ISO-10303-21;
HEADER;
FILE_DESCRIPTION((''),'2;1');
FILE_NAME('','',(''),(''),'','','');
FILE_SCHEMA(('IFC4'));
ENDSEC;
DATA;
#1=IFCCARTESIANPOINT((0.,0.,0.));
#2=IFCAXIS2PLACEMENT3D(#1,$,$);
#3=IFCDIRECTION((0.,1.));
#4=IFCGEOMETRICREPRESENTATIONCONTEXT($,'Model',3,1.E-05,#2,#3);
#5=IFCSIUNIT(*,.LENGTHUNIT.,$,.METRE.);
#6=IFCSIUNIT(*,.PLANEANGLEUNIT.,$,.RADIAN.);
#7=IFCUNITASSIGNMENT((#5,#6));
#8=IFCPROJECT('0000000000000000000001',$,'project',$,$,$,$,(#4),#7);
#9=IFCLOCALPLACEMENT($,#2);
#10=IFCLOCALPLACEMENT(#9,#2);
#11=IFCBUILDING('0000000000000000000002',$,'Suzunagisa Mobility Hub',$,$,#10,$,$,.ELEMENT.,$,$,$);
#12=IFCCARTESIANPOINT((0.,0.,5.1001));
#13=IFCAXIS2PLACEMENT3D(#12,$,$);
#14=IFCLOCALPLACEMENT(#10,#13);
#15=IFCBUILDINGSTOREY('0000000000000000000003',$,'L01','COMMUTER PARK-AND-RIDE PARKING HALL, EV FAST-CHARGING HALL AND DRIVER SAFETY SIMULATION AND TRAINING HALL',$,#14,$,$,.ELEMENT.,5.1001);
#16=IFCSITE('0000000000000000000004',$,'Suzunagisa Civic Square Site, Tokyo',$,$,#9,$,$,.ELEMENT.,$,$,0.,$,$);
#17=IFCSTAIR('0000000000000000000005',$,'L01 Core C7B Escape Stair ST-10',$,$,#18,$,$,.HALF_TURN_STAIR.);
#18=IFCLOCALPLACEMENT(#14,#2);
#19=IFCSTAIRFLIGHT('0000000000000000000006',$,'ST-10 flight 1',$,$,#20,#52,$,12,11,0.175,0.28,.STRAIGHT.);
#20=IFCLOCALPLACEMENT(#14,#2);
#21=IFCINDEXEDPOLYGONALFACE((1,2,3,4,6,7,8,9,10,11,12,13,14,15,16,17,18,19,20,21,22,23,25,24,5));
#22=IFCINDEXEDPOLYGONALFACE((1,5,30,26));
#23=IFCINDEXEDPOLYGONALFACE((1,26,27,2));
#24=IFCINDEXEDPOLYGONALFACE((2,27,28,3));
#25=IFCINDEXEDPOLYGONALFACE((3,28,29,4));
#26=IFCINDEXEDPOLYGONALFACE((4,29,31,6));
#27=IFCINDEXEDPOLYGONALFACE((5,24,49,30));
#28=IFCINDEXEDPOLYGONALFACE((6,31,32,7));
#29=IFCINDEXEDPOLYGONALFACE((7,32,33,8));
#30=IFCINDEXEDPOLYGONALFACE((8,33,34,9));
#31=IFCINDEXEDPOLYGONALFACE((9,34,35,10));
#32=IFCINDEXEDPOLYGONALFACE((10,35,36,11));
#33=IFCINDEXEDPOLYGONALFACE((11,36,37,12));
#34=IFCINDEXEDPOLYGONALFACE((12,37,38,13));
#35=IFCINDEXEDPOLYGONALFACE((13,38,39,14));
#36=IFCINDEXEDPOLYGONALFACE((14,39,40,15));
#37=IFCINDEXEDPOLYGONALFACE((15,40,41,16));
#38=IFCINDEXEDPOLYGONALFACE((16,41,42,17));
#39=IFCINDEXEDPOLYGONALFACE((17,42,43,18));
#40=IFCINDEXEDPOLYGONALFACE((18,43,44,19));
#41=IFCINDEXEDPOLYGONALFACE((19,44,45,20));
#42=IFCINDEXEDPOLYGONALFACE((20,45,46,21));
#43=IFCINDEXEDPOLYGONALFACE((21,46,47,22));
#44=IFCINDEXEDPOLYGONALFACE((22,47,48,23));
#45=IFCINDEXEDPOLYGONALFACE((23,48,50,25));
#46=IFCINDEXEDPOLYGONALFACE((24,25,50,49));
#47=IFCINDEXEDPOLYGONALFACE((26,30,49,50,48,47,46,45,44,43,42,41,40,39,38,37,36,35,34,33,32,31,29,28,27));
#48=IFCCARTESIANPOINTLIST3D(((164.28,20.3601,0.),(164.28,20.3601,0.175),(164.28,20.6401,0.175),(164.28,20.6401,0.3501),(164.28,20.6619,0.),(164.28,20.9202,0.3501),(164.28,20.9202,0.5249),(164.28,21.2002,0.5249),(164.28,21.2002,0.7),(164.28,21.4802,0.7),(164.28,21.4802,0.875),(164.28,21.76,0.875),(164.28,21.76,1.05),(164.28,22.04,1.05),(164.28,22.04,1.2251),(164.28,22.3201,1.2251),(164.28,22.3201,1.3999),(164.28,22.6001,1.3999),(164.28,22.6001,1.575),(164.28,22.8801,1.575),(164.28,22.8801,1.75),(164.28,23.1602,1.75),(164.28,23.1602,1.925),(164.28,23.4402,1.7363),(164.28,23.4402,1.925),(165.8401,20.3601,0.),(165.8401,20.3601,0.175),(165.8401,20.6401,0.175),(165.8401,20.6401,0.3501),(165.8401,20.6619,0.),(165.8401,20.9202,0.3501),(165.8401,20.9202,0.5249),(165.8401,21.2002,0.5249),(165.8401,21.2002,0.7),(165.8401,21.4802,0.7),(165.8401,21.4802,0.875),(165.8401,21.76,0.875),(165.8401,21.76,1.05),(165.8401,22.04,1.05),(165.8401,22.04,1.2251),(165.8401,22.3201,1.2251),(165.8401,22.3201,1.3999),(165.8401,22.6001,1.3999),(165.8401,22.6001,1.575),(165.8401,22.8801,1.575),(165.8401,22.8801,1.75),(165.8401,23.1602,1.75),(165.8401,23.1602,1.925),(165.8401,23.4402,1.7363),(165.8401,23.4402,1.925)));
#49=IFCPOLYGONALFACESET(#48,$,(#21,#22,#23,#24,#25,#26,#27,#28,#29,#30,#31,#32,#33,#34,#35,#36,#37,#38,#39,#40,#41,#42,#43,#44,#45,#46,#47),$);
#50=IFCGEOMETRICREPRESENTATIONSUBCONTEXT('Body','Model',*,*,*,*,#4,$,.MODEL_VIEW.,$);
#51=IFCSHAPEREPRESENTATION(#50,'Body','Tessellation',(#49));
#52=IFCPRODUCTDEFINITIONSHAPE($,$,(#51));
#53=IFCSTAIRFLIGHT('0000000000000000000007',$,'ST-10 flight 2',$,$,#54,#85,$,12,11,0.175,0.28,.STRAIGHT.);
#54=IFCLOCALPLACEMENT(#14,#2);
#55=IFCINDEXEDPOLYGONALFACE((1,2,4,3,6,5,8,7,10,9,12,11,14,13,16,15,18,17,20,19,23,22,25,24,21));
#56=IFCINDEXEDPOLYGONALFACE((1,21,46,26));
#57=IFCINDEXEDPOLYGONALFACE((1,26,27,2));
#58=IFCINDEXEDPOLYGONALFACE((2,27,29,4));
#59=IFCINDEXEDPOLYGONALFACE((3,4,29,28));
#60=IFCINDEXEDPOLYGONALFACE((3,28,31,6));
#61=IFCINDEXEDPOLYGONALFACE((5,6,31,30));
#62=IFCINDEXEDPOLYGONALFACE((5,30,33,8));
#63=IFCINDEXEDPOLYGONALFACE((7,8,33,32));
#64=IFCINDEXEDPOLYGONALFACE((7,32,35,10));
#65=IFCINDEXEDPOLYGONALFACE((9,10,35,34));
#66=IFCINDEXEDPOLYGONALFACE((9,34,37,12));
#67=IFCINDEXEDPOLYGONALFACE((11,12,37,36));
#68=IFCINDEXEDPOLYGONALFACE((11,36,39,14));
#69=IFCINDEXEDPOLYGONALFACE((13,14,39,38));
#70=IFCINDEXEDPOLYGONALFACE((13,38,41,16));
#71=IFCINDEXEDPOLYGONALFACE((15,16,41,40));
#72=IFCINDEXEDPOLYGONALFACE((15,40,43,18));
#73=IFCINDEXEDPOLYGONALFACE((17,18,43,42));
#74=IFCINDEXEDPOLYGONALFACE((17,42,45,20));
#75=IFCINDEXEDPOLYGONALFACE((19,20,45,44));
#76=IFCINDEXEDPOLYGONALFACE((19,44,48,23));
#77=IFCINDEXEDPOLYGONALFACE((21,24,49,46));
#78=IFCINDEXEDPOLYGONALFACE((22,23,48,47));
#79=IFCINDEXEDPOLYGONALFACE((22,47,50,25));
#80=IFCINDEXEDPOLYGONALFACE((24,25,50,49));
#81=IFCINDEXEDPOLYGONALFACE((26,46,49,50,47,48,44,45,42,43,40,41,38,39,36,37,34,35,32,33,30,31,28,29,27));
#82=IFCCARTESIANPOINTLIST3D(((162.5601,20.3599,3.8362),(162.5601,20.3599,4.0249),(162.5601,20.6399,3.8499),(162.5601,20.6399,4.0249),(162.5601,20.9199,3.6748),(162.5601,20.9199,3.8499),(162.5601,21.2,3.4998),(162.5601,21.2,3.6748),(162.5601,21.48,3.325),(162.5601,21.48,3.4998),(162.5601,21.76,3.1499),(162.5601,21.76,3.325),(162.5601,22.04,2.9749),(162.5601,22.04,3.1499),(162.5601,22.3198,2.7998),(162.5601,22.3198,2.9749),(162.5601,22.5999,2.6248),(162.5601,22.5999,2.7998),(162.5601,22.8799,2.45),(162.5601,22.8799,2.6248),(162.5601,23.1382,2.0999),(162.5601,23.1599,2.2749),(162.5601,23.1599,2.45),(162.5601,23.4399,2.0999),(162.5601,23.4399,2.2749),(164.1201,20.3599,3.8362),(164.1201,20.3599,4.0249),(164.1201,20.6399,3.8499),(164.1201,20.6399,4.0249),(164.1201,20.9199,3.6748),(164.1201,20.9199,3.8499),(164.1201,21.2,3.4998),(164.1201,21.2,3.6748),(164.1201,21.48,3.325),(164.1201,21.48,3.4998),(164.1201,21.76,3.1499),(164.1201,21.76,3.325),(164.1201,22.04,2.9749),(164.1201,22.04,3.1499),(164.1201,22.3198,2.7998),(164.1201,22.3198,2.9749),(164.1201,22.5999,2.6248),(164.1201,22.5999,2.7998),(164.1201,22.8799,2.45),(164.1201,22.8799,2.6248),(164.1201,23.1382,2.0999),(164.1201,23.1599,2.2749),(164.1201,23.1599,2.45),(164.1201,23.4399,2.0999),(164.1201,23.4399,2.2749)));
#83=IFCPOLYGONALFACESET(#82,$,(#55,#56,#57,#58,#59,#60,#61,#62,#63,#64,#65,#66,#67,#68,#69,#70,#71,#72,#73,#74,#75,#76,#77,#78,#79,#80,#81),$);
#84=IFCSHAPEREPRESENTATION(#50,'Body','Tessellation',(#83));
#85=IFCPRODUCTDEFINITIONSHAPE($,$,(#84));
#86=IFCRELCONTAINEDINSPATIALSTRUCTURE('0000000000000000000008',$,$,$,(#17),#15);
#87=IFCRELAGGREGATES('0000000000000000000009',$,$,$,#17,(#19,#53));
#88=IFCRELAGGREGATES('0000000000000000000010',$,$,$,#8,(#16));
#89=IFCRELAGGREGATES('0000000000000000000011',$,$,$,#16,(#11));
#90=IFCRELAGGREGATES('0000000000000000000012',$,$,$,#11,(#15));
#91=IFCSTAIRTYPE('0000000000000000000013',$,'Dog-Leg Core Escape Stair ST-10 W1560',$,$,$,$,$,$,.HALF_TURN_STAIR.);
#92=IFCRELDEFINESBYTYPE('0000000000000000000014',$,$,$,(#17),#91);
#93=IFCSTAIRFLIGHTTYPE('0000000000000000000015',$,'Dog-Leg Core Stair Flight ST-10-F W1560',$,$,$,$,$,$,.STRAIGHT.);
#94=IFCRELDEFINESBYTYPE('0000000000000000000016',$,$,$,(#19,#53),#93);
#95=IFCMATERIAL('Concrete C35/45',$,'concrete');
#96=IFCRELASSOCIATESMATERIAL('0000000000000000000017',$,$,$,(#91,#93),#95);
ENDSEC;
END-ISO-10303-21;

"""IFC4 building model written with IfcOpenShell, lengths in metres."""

from ifc_helpers import new_model, si_unit, direction, frame, origin, place, context, subcontext, project, spatial, polyline, outline, extrude, material, type_object, element, aggregate, save


model = new_model("IFC4")

# Units and contexts
model_context = context("Model", 3, precision=1e-05, world=origin(), true_north=direction((0.0, 1.0)))
body_context = subcontext(model_context, "Body", "Model", "MODEL_VIEW")
ifc_project = project(units=[si_unit("LENGTHUNIT", "METRE"), si_unit("PLANEANGLEUNIT", "RADIAN")], contexts=[model_context])

# Site, building, storey
site_placement = place(None, origin())
site = spatial("IfcSite", under=ifc_project, at=site_placement, Name="Suzunagisa Civic Square Site, Tokyo", CompositionType="ELEMENT", RefElevation=0.0)
building_placement = place(site_placement, origin())
building = spatial("IfcBuilding", under=site, at=building_placement, Name="Suzunagisa Mobility Hub", CompositionType="ELEMENT")
storey_placement = place(building_placement, frame((0.0, 0.0, 5.1001)))
storey = spatial("IfcBuildingStorey", under=building, at=storey_placement, Name="L01", Description="COMMUTER PARK-AND-RIDE PARKING HALL, EV FAST-CHARGING HALL AND DRIVER SAFETY SIMULATION AND TRAINING HALL", CompositionType="ELEMENT", Elevation=5.1001)

# Shared definitions
ifc_material_1 = material(Name="Concrete C35/45", Category="concrete")

# Stair, stair flights
stair_type = type_object("IfcStairType", Name="Dog-Leg Core Escape Stair ST-10 W1560", PredefinedType="HALF_TURN_STAIR", material=ifc_material_1)
stair_placement = place(storey_placement, origin())
stair = element("IfcStair", 1, at=stair_placement, inside=storey, type_object=stair_type, Name="L01 Core C7B Escape Stair ST-10", PredefinedType="HALF_TURN_STAIR")
stair_flight_type = type_object("IfcStairFlightType", Name="Dog-Leg Core Stair Flight ST-10-F W1560", PredefinedType="STRAIGHT", material=ifc_material_1)
stair_flight_1_placement = place(storey_placement, frame((165.0601, 20.3601, 0.0), z_axis=(0.0, 0.0, 1.0), x_axis=(0.0, 1.0, 0.0)))
stair_flight_1 = element("IfcStairFlight", 2, at=stair_flight_1_placement, type_object=stair_flight_type, Name="ST-10 flight 1", NumberOfRisers=12, NumberOfTreads=11, PredefinedType="STRAIGHT", RiserHeight=0.175, TreadLength=0.28, context=body_context, shape_type="SweptSolid", body=[
    extrude(outline(polyline([(0.0, 0.0), (0.0, 0.175), (0.28, 0.175), (0.28, 0.3501), (0.5601, 0.3501), (0.5601, 0.5249), (0.8401, 0.5249), (0.8401, 0.7), (1.1201, 0.7), (1.1201, 0.875), (1.3999, 0.875), (1.3999, 1.05), (1.6799, 1.05), (1.6799, 1.2251), (1.96, 1.2251), (1.96, 1.3999), (2.24, 1.3999), (2.24, 1.575), (2.52, 1.575), (2.52, 1.75), (2.8, 1.75), (2.8, 1.925), (3.0801, 1.925), (3.0801, 2.1001), (3.0801, 1.7363), (0.3018, 0.0), (0.0, 0.0)])), frame((0.0, 0.78, 0.0), z_axis=(0.0, -1.0, 0.0), x_axis=(1.0, 0.0, 0.0)), (0.0, 0.0, 1.0), 1.5601),
])
stair_flight_2_placement = place(storey_placement, frame((163.3401, 23.4399, 2.0999), z_axis=(0.0, 0.0, 1.0), x_axis=(0.0, -1.0, 0.0)))
stair_flight_2 = element("IfcStairFlight", 3, at=stair_flight_2_placement, type_object=stair_flight_type, Name="ST-10 flight 2", NumberOfRisers=12, NumberOfTreads=11, PredefinedType="STRAIGHT", RiserHeight=0.175, TreadLength=0.28, context=body_context, shape_type="SweptSolid", body=[
    extrude(outline(polyline([(0.0, 0.0), (0.0, 0.175), (0.28, 0.175), (0.28, 0.3501), (0.5601, 0.3501), (0.5601, 0.5249), (0.8401, 0.5249), (0.8401, 0.7), (1.1201, 0.7), (1.1201, 0.875), (1.3999, 0.875), (1.3999, 1.05), (1.6799, 1.05), (1.6799, 1.2251), (1.96, 1.2251), (1.96, 1.3999), (2.24, 1.3999), (2.24, 1.575), (2.52, 1.575), (2.52, 1.75), (2.8, 1.75), (2.8, 1.925), (3.0801, 1.925), (3.0801, 2.1001), (3.0801, 1.7363), (0.3018, 0.0), (0.0, 0.0)])), frame((0.0, 0.78, 0.0), z_axis=(0.0, -1.0, 0.0), x_axis=(1.0, 0.0, 0.0)), (0.0, 0.0, 1.0), 1.5601),
])
aggregate(stair, [stair_flight_1, stair_flight_2])

save(model, "model.ifc")
